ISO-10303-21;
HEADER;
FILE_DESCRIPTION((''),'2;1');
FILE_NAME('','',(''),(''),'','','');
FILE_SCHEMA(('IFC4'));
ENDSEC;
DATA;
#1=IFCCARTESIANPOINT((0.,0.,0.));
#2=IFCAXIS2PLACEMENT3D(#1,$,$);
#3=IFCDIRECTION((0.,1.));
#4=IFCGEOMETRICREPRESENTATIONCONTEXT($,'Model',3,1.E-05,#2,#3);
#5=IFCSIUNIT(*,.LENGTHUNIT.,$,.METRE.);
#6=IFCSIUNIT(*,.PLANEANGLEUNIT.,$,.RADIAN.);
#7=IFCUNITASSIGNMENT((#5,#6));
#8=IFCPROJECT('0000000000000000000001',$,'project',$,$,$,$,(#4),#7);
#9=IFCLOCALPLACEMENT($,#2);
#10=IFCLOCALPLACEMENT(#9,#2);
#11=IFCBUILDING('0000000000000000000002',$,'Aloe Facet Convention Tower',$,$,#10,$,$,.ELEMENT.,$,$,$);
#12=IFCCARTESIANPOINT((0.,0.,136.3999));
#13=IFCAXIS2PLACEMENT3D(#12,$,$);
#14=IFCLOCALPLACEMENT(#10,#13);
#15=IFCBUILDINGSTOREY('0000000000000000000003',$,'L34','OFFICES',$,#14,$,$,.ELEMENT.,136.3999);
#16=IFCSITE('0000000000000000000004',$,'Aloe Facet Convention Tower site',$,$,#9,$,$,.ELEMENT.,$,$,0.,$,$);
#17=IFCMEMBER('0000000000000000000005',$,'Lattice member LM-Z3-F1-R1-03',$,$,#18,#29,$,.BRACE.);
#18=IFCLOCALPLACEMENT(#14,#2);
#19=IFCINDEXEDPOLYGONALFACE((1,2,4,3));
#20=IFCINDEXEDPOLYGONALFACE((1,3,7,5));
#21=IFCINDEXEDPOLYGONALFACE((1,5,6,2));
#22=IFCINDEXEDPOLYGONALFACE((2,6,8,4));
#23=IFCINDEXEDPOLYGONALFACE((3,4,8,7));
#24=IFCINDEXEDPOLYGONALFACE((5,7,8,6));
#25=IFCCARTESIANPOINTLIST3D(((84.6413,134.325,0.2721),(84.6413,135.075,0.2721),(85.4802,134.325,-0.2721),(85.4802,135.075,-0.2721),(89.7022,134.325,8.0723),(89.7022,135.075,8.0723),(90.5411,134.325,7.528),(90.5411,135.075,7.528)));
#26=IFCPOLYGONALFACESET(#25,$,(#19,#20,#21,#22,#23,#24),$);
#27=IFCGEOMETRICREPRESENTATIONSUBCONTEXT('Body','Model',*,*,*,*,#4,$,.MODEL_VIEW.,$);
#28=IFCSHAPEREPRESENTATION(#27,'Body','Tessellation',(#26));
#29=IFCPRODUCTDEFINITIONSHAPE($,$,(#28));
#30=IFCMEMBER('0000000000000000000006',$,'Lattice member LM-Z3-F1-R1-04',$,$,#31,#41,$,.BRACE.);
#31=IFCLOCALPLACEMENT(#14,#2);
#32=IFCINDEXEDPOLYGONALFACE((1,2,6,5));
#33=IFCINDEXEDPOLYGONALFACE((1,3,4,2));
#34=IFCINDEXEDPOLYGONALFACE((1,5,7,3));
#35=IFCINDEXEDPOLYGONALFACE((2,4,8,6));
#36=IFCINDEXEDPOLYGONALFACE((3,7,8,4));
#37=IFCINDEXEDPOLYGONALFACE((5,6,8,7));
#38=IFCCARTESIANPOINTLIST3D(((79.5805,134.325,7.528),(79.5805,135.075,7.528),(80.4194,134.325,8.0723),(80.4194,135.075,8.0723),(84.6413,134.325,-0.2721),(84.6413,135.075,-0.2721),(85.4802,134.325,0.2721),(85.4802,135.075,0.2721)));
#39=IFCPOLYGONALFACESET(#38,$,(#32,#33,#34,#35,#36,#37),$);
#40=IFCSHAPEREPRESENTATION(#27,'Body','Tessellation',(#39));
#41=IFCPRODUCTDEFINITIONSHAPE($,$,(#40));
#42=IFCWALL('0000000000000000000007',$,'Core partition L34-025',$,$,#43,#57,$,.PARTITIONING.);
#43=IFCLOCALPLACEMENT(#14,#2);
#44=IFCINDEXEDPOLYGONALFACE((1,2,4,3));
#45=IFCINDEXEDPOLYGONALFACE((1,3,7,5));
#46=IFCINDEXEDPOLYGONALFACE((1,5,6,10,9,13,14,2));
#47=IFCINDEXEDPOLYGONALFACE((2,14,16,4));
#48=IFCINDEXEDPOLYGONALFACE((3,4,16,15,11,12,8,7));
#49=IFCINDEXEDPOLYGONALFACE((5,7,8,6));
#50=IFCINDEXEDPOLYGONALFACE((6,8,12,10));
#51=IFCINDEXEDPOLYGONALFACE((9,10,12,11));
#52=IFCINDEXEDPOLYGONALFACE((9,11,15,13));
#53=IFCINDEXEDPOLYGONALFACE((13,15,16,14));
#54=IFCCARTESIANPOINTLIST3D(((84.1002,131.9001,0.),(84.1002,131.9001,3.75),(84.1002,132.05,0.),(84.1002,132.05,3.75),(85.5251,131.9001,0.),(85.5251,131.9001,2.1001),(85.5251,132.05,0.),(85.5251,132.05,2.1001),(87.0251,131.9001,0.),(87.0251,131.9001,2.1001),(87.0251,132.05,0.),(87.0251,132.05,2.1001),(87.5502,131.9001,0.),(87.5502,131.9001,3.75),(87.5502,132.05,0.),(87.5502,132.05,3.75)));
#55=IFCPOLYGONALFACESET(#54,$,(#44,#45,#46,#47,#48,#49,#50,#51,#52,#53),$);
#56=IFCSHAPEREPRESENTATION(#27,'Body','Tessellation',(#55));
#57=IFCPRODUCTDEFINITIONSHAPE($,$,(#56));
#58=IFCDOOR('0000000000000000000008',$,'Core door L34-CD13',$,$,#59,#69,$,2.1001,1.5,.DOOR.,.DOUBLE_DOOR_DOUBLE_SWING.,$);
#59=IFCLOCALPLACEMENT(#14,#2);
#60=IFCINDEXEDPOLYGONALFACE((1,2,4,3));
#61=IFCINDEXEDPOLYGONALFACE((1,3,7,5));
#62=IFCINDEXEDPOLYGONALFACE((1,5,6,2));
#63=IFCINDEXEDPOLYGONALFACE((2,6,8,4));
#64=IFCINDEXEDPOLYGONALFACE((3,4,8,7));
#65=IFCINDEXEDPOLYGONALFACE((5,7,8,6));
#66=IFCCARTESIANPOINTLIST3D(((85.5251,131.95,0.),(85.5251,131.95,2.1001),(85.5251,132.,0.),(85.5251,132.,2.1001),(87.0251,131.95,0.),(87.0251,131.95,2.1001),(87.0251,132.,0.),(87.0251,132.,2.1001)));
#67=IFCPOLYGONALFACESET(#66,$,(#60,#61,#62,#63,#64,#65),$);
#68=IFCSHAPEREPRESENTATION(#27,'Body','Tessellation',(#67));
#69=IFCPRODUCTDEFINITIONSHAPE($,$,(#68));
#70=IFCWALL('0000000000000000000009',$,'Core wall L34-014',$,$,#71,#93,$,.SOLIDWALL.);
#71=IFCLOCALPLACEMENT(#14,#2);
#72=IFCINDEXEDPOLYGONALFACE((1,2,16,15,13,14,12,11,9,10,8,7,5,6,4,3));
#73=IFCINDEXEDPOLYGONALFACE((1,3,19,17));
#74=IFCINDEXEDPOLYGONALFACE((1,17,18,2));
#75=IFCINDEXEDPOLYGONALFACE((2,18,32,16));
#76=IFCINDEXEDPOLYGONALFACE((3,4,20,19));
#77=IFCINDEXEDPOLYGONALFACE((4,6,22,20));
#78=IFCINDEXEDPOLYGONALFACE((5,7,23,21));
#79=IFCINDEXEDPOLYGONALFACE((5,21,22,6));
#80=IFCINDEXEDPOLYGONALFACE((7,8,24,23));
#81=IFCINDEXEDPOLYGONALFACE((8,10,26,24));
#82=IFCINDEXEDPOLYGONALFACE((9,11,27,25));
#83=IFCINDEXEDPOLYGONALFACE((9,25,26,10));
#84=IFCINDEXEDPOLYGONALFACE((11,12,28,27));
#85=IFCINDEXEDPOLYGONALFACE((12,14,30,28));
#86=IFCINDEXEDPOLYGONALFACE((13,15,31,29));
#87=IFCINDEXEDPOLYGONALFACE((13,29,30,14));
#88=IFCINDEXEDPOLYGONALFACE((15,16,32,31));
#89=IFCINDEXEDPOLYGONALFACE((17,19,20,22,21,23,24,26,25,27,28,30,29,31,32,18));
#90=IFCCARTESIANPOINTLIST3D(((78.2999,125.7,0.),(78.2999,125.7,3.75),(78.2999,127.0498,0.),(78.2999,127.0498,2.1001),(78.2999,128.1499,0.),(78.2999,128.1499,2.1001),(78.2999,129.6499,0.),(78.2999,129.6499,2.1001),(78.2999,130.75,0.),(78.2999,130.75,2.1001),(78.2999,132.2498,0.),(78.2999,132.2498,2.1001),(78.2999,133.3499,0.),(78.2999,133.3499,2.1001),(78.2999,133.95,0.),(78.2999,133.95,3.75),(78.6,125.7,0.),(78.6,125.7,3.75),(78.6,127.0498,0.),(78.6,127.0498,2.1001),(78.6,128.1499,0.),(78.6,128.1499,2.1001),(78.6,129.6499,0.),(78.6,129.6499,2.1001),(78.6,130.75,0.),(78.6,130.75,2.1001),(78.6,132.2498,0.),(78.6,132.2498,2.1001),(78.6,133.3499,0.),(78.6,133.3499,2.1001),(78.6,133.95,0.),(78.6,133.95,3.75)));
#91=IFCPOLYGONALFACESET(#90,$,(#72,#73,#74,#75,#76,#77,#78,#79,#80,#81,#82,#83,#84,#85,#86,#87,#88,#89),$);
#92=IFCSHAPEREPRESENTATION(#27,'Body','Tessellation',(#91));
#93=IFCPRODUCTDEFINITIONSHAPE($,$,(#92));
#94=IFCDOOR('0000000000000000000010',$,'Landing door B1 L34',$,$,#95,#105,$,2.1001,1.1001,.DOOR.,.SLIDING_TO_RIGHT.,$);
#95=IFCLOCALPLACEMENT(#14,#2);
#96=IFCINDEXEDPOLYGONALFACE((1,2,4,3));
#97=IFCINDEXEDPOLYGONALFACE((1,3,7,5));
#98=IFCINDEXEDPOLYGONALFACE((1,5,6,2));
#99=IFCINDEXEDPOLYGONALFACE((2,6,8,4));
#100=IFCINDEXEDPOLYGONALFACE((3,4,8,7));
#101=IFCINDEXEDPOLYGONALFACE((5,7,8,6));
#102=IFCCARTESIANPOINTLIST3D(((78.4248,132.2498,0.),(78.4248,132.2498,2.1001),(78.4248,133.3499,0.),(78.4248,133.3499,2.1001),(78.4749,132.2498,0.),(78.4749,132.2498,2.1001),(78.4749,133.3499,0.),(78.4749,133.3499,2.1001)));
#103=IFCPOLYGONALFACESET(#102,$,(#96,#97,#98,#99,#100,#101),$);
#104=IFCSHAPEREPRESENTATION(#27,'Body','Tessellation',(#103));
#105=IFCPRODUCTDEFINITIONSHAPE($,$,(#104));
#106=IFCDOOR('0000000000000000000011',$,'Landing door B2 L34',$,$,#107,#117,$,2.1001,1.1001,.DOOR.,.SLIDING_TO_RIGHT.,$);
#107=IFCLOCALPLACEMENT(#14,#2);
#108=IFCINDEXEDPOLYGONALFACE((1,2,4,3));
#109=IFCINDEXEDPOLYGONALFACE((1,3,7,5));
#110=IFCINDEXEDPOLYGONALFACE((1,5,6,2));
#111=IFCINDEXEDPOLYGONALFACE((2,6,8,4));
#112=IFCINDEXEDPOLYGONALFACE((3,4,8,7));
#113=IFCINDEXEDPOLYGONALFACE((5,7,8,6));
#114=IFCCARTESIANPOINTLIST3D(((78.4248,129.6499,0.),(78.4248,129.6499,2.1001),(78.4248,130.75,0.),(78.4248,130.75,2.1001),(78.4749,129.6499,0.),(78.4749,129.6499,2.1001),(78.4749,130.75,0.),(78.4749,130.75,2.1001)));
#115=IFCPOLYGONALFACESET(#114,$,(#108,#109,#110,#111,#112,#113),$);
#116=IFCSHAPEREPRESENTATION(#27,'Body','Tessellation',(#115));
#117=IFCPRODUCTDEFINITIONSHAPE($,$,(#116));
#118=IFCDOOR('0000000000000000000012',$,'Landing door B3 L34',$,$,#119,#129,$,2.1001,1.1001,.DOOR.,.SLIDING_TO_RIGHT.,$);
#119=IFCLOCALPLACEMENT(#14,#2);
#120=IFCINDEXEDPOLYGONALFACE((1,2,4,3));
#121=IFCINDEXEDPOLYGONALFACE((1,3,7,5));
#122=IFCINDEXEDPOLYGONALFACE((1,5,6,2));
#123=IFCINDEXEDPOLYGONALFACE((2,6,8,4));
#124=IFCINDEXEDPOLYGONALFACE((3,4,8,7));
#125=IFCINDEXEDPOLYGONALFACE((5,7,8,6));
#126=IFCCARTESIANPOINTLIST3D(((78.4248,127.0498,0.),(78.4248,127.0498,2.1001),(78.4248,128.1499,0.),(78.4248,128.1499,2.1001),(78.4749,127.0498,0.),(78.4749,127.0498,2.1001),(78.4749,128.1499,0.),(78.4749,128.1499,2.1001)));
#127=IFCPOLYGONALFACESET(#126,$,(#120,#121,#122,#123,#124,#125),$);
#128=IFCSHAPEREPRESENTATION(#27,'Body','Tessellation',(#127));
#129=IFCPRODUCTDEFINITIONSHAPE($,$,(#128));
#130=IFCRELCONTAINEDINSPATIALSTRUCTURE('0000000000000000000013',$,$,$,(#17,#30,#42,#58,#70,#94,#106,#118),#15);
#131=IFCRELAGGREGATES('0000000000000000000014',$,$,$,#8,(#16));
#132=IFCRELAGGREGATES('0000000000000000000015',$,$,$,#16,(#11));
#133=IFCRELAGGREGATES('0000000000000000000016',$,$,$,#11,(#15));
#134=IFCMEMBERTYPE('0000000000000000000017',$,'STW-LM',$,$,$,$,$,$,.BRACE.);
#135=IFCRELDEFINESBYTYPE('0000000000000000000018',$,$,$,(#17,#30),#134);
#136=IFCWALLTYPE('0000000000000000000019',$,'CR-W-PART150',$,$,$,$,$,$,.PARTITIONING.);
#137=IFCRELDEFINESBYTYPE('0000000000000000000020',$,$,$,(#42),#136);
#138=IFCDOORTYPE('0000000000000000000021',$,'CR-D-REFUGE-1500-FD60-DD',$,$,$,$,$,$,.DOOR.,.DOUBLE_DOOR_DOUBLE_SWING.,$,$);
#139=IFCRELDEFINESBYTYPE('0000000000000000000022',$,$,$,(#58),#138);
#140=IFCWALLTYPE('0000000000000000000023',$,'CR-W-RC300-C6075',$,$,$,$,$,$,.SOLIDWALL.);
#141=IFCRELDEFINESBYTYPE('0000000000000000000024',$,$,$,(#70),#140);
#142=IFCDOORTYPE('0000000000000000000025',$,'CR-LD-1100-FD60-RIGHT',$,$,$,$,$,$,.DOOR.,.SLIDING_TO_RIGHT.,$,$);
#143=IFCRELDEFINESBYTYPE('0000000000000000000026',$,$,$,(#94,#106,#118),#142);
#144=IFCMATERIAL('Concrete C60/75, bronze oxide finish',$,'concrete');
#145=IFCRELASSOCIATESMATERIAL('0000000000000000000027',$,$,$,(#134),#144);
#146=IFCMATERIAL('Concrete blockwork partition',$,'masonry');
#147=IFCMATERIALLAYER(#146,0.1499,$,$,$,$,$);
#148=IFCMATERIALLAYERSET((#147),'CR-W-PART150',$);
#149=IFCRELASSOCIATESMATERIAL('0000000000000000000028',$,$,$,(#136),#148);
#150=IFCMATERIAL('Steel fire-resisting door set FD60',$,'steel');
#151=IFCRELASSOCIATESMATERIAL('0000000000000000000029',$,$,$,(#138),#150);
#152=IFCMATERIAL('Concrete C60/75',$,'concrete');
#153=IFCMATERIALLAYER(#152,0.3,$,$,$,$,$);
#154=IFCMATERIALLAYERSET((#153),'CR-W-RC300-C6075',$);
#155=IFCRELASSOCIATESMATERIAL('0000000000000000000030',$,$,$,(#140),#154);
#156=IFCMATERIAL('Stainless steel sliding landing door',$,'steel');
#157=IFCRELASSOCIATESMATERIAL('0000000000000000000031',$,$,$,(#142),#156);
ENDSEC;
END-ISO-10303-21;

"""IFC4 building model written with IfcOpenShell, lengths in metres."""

from ifc_helpers import new_model, si_unit, direction, frame, frame_2d, origin, origin_2d, place, context, subcontext, project, spatial, rectangle, extrude, material, layer, layer_set, material_profile, profile_set, type_object, element, fill, save


model = new_model("IFC4")

# Units and contexts
model_context = context("Model", 3, precision=1e-05, world=origin(), true_north=direction((0.0, 1.0)))
body_context = subcontext(model_context, "Body", "Model", "MODEL_VIEW")
ifc_project = project(units=[si_unit("LENGTHUNIT", "METRE"), si_unit("PLANEANGLEUNIT", "RADIAN")], contexts=[model_context])

# Site, building, storey
site_placement = place(None, origin())
site = spatial("IfcSite", under=ifc_project, at=site_placement, Name="Aloe Facet Convention Tower site", CompositionType="ELEMENT", RefElevation=0.0)
building_placement = place(site_placement, origin())
building = spatial("IfcBuilding", under=site, at=building_placement, Name="Aloe Facet Convention Tower", CompositionType="ELEMENT")
storey_placement = place(building_placement, frame((0.0, 0.0, 136.3999)))
storey = spatial("IfcBuildingStorey", under=building, at=storey_placement, Name="L34", Description="OFFICES", CompositionType="ELEMENT", Elevation=136.3999)

# Members
ifc_material_1 = material(Name="Concrete C60/75, bronze oxide finish", Category="concrete")
ifc_material_profile = material_profile(ifc_material_1, rectangle(XDim=0.75, YDim=1.0, at=origin_2d()), Name="STW-LM")
ifc_profile_set = profile_set([ifc_material_profile], Name="Concrete C60/75, bronze oxide finish")
member_type = type_object("IfcMemberType", Name="STW-LM", PredefinedType="BRACE", material=ifc_profile_set)
for number, where, z_axis, x_axis, name in (
    (1, (85.0608, 134.7, 0.0), (0.54429, 0.0, 0.838897), (0.0, 1.0, 0.0), "Lattice member LM-Z3-F1-R1-03"),
    (2, (85.0608, 134.7, 0.0), (-0.54429, 0.0, 0.838897), (0.0, -1.0, 0.0), "Lattice member LM-Z3-F1-R1-04"),
):
    element("IfcMember", number, at=place(storey_placement, frame(where, z_axis=z_axis, x_axis=x_axis)), inside=storey, type_object=member_type, Name=name, PredefinedType="BRACE", context=body_context, shape_type="SweptSolid", body=[
        extrude(rectangle(XDim=0.75, YDim=1.0, at=origin_2d()), origin(), (0.0, 0.0, 1.0), 9.2981),
    ])

# Wall, opening, door
ifc_material_2 = material(Name="Concrete blockwork partition", Category="masonry")
ifc_layer_1 = layer(ifc_material_2, 0.1499)
ifc_layer_set_1 = layer_set([ifc_layer_1], Name="CR-W-PART150")
wall_type_1 = type_object("IfcWallType", Name="CR-W-PART150", PredefinedType="PARTITIONING", material=ifc_layer_set_1)
wall_1_placement = place(storey_placement, frame((84.1001, 131.9751, 0.0), z_axis=(0.0, 0.0, 1.0), x_axis=(1.0, 0.0, 0.0)))
wall_1 = element("IfcWall", 3, at=wall_1_placement, inside=storey, type_object=wall_type_1, Name="Core partition L34-025", PredefinedType="PARTITIONING", context=body_context, shape_type="SweptSolid", body=[
    extrude(rectangle(XDim=3.45, YDim=0.1499, at=frame_2d((1.7251, 0.0))), origin(), (0.0, 0.0, 1.0), 3.75),
])
opening_1_placement = place(wall_1_placement, frame((1.425, 0.0, 0.0)))
opening_1 = element("IfcOpeningElement", 4, at=opening_1_placement, cuts=wall_1, PredefinedType="OPENING", context=body_context, shape_type="SweptSolid", body=[
    extrude(rectangle(XDim=1.5, YDim=2.1001, at=frame_2d((0.75, 1.05))), frame((0.0, 0.085, 0.0), z_axis=(0.0, -1.0, 0.0), x_axis=(1.0, 0.0, 0.0)), (0.0, 0.0, 1.0), 0.1699),
])
ifc_material_3 = material(Name="Steel fire-resisting door set FD60", Category="steel")
door_type_1 = type_object("IfcDoorType", Name="CR-D-REFUGE-1500-FD60-DD", OperationType="DOUBLE_DOOR_DOUBLE_SWING", PredefinedType="DOOR", material=ifc_material_3)
door_1_placement = place(opening_1_placement, origin())
door_1 = element("IfcDoor", 5, at=door_1_placement, inside=storey, type_object=door_type_1, Name="Core door L34-CD13", OperationType="DOUBLE_DOOR_DOUBLE_SWING", OverallHeight=2.1001, OverallWidth=1.5, PredefinedType="DOOR", context=body_context, shape_type="SweptSolid", body=[
    extrude(rectangle(XDim=1.5, YDim=2.1001, at=frame_2d((0.75, 1.05))), frame((0.0, 0.0249, 0.0), z_axis=(0.0, -1.0, 0.0), x_axis=(1.0, 0.0, 0.0)), (0.0, 0.0, 1.0), 0.05),
])
fill(opening_1, door_1)

# Wall, openings, doors
ifc_material_4 = material(Name="Concrete C60/75", Category="concrete")
ifc_layer_2 = layer(ifc_material_4, 0.3)
ifc_layer_set_2 = layer_set([ifc_layer_2], Name="CR-W-RC300-C6075")
wall_type_2 = type_object("IfcWallType", Name="CR-W-RC300-C6075", PredefinedType="SOLIDWALL", material=ifc_layer_set_2)
wall_2_placement = place(storey_placement, frame((78.45, 133.95, 0.0), z_axis=(0.0, 0.0, 1.0), x_axis=(0.0, -1.0, 0.0)))
wall_2 = element("IfcWall", 6, at=wall_2_placement, inside=storey, type_object=wall_type_2, Name="Core wall L34-014", PredefinedType="SOLIDWALL", context=body_context, shape_type="SweptSolid", body=[
    extrude(rectangle(XDim=8.25, YDim=0.3, at=frame_2d((4.125, 0.0))), origin(), (0.0, 0.0, 1.0), 3.75),
])
opening_2_placement = place(wall_2_placement, frame((0.6001, 0.0, 0.0)))
opening_2 = element("IfcOpeningElement", 7, at=opening_2_placement, cuts=wall_2, PredefinedType="OPENING", context=body_context, shape_type="SweptSolid", body=[
    extrude(rectangle(XDim=1.1001, YDim=2.1001, at=frame_2d((0.55, 1.05))), frame((0.0, 0.1602, 0.0), z_axis=(0.0, -1.0, 0.0), x_axis=(1.0, 0.0, 0.0)), (0.0, 0.0, 1.0), 0.3201),
])
opening_3_placement = place(wall_2_placement, frame((3.2, 0.0, 0.0)))
opening_3 = element("IfcOpeningElement", 8, at=opening_3_placement, cuts=wall_2, PredefinedType="OPENING", context=body_context, shape_type="SweptSolid", body=[
    extrude(rectangle(XDim=1.1001, YDim=2.1001, at=frame_2d((0.55, 1.05))), frame((0.0, 0.1602, 0.0), z_axis=(0.0, -1.0, 0.0), x_axis=(1.0, 0.0, 0.0)), (0.0, 0.0, 1.0), 0.3201),
])
opening_4_placement = place(wall_2_placement, frame((5.8, 0.0, 0.0)))
opening_4 = element("IfcOpeningElement", 9, at=opening_4_placement, cuts=wall_2, PredefinedType="OPENING", context=body_context, shape_type="SweptSolid", body=[
    extrude(rectangle(XDim=1.1001, YDim=2.1001, at=frame_2d((0.55, 1.05))), frame((0.0, 0.1602, 0.0), z_axis=(0.0, -1.0, 0.0), x_axis=(1.0, 0.0, 0.0)), (0.0, 0.0, 1.0), 0.3201),
])
ifc_material_5 = material(Name="Stainless steel sliding landing door", Category="steel")
door_type_2 = type_object("IfcDoorType", Name="CR-LD-1100-FD60-RIGHT", OperationType="SLIDING_TO_RIGHT", PredefinedType="DOOR", material=ifc_material_5)
door_2_placement = place(opening_2_placement, origin())
door_2 = element("IfcDoor", 10, at=door_2_placement, inside=storey, type_object=door_type_2, Name="Landing door B1 L34", OperationType="SLIDING_TO_RIGHT", OverallHeight=2.1001, OverallWidth=1.1001, PredefinedType="DOOR", context=body_context, shape_type="SweptSolid", body=[
    extrude(rectangle(XDim=1.1001, YDim=2.1001, at=frame_2d((0.55, 1.05))), frame((0.0, 0.0249, 0.0), z_axis=(0.0, -1.0, 0.0), x_axis=(1.0, 0.0, 0.0)), (0.0, 0.0, 1.0), 0.05),
])
fill(opening_2, door_2)
door_3_placement = place(opening_3_placement, origin())
door_3 = element("IfcDoor", 11, at=door_3_placement, inside=storey, type_object=door_type_2, Name="Landing door B2 L34", OperationType="SLIDING_TO_RIGHT", OverallHeight=2.1001, OverallWidth=1.1001, PredefinedType="DOOR", context=body_context, shape_type="SweptSolid", body=[
    extrude(rectangle(XDim=1.1001, YDim=2.1001, at=frame_2d((0.55, 1.05))), frame((0.0, 0.0249, 0.0), z_axis=(0.0, -1.0, 0.0), x_axis=(1.0, 0.0, 0.0)), (0.0, 0.0, 1.0), 0.05),
])
fill(opening_3, door_3)
door_4_placement = place(opening_4_placement, origin())
door_4 = element("IfcDoor", 12, at=door_4_placement, inside=storey, type_object=door_type_2, Name="Landing door B3 L34", OperationType="SLIDING_TO_RIGHT", OverallHeight=2.1001, OverallWidth=1.1001, PredefinedType="DOOR", context=body_context, shape_type="SweptSolid", body=[
    extrude(rectangle(XDim=1.1001, YDim=2.1001, at=frame_2d((0.55, 1.05))), frame((0.0, 0.0249, 0.0), z_axis=(0.0, -1.0, 0.0), x_axis=(1.0, 0.0, 0.0)), (0.0, 0.0, 1.0), 0.05),
])
fill(opening_4, door_4)

save(model, "model.ifc")
